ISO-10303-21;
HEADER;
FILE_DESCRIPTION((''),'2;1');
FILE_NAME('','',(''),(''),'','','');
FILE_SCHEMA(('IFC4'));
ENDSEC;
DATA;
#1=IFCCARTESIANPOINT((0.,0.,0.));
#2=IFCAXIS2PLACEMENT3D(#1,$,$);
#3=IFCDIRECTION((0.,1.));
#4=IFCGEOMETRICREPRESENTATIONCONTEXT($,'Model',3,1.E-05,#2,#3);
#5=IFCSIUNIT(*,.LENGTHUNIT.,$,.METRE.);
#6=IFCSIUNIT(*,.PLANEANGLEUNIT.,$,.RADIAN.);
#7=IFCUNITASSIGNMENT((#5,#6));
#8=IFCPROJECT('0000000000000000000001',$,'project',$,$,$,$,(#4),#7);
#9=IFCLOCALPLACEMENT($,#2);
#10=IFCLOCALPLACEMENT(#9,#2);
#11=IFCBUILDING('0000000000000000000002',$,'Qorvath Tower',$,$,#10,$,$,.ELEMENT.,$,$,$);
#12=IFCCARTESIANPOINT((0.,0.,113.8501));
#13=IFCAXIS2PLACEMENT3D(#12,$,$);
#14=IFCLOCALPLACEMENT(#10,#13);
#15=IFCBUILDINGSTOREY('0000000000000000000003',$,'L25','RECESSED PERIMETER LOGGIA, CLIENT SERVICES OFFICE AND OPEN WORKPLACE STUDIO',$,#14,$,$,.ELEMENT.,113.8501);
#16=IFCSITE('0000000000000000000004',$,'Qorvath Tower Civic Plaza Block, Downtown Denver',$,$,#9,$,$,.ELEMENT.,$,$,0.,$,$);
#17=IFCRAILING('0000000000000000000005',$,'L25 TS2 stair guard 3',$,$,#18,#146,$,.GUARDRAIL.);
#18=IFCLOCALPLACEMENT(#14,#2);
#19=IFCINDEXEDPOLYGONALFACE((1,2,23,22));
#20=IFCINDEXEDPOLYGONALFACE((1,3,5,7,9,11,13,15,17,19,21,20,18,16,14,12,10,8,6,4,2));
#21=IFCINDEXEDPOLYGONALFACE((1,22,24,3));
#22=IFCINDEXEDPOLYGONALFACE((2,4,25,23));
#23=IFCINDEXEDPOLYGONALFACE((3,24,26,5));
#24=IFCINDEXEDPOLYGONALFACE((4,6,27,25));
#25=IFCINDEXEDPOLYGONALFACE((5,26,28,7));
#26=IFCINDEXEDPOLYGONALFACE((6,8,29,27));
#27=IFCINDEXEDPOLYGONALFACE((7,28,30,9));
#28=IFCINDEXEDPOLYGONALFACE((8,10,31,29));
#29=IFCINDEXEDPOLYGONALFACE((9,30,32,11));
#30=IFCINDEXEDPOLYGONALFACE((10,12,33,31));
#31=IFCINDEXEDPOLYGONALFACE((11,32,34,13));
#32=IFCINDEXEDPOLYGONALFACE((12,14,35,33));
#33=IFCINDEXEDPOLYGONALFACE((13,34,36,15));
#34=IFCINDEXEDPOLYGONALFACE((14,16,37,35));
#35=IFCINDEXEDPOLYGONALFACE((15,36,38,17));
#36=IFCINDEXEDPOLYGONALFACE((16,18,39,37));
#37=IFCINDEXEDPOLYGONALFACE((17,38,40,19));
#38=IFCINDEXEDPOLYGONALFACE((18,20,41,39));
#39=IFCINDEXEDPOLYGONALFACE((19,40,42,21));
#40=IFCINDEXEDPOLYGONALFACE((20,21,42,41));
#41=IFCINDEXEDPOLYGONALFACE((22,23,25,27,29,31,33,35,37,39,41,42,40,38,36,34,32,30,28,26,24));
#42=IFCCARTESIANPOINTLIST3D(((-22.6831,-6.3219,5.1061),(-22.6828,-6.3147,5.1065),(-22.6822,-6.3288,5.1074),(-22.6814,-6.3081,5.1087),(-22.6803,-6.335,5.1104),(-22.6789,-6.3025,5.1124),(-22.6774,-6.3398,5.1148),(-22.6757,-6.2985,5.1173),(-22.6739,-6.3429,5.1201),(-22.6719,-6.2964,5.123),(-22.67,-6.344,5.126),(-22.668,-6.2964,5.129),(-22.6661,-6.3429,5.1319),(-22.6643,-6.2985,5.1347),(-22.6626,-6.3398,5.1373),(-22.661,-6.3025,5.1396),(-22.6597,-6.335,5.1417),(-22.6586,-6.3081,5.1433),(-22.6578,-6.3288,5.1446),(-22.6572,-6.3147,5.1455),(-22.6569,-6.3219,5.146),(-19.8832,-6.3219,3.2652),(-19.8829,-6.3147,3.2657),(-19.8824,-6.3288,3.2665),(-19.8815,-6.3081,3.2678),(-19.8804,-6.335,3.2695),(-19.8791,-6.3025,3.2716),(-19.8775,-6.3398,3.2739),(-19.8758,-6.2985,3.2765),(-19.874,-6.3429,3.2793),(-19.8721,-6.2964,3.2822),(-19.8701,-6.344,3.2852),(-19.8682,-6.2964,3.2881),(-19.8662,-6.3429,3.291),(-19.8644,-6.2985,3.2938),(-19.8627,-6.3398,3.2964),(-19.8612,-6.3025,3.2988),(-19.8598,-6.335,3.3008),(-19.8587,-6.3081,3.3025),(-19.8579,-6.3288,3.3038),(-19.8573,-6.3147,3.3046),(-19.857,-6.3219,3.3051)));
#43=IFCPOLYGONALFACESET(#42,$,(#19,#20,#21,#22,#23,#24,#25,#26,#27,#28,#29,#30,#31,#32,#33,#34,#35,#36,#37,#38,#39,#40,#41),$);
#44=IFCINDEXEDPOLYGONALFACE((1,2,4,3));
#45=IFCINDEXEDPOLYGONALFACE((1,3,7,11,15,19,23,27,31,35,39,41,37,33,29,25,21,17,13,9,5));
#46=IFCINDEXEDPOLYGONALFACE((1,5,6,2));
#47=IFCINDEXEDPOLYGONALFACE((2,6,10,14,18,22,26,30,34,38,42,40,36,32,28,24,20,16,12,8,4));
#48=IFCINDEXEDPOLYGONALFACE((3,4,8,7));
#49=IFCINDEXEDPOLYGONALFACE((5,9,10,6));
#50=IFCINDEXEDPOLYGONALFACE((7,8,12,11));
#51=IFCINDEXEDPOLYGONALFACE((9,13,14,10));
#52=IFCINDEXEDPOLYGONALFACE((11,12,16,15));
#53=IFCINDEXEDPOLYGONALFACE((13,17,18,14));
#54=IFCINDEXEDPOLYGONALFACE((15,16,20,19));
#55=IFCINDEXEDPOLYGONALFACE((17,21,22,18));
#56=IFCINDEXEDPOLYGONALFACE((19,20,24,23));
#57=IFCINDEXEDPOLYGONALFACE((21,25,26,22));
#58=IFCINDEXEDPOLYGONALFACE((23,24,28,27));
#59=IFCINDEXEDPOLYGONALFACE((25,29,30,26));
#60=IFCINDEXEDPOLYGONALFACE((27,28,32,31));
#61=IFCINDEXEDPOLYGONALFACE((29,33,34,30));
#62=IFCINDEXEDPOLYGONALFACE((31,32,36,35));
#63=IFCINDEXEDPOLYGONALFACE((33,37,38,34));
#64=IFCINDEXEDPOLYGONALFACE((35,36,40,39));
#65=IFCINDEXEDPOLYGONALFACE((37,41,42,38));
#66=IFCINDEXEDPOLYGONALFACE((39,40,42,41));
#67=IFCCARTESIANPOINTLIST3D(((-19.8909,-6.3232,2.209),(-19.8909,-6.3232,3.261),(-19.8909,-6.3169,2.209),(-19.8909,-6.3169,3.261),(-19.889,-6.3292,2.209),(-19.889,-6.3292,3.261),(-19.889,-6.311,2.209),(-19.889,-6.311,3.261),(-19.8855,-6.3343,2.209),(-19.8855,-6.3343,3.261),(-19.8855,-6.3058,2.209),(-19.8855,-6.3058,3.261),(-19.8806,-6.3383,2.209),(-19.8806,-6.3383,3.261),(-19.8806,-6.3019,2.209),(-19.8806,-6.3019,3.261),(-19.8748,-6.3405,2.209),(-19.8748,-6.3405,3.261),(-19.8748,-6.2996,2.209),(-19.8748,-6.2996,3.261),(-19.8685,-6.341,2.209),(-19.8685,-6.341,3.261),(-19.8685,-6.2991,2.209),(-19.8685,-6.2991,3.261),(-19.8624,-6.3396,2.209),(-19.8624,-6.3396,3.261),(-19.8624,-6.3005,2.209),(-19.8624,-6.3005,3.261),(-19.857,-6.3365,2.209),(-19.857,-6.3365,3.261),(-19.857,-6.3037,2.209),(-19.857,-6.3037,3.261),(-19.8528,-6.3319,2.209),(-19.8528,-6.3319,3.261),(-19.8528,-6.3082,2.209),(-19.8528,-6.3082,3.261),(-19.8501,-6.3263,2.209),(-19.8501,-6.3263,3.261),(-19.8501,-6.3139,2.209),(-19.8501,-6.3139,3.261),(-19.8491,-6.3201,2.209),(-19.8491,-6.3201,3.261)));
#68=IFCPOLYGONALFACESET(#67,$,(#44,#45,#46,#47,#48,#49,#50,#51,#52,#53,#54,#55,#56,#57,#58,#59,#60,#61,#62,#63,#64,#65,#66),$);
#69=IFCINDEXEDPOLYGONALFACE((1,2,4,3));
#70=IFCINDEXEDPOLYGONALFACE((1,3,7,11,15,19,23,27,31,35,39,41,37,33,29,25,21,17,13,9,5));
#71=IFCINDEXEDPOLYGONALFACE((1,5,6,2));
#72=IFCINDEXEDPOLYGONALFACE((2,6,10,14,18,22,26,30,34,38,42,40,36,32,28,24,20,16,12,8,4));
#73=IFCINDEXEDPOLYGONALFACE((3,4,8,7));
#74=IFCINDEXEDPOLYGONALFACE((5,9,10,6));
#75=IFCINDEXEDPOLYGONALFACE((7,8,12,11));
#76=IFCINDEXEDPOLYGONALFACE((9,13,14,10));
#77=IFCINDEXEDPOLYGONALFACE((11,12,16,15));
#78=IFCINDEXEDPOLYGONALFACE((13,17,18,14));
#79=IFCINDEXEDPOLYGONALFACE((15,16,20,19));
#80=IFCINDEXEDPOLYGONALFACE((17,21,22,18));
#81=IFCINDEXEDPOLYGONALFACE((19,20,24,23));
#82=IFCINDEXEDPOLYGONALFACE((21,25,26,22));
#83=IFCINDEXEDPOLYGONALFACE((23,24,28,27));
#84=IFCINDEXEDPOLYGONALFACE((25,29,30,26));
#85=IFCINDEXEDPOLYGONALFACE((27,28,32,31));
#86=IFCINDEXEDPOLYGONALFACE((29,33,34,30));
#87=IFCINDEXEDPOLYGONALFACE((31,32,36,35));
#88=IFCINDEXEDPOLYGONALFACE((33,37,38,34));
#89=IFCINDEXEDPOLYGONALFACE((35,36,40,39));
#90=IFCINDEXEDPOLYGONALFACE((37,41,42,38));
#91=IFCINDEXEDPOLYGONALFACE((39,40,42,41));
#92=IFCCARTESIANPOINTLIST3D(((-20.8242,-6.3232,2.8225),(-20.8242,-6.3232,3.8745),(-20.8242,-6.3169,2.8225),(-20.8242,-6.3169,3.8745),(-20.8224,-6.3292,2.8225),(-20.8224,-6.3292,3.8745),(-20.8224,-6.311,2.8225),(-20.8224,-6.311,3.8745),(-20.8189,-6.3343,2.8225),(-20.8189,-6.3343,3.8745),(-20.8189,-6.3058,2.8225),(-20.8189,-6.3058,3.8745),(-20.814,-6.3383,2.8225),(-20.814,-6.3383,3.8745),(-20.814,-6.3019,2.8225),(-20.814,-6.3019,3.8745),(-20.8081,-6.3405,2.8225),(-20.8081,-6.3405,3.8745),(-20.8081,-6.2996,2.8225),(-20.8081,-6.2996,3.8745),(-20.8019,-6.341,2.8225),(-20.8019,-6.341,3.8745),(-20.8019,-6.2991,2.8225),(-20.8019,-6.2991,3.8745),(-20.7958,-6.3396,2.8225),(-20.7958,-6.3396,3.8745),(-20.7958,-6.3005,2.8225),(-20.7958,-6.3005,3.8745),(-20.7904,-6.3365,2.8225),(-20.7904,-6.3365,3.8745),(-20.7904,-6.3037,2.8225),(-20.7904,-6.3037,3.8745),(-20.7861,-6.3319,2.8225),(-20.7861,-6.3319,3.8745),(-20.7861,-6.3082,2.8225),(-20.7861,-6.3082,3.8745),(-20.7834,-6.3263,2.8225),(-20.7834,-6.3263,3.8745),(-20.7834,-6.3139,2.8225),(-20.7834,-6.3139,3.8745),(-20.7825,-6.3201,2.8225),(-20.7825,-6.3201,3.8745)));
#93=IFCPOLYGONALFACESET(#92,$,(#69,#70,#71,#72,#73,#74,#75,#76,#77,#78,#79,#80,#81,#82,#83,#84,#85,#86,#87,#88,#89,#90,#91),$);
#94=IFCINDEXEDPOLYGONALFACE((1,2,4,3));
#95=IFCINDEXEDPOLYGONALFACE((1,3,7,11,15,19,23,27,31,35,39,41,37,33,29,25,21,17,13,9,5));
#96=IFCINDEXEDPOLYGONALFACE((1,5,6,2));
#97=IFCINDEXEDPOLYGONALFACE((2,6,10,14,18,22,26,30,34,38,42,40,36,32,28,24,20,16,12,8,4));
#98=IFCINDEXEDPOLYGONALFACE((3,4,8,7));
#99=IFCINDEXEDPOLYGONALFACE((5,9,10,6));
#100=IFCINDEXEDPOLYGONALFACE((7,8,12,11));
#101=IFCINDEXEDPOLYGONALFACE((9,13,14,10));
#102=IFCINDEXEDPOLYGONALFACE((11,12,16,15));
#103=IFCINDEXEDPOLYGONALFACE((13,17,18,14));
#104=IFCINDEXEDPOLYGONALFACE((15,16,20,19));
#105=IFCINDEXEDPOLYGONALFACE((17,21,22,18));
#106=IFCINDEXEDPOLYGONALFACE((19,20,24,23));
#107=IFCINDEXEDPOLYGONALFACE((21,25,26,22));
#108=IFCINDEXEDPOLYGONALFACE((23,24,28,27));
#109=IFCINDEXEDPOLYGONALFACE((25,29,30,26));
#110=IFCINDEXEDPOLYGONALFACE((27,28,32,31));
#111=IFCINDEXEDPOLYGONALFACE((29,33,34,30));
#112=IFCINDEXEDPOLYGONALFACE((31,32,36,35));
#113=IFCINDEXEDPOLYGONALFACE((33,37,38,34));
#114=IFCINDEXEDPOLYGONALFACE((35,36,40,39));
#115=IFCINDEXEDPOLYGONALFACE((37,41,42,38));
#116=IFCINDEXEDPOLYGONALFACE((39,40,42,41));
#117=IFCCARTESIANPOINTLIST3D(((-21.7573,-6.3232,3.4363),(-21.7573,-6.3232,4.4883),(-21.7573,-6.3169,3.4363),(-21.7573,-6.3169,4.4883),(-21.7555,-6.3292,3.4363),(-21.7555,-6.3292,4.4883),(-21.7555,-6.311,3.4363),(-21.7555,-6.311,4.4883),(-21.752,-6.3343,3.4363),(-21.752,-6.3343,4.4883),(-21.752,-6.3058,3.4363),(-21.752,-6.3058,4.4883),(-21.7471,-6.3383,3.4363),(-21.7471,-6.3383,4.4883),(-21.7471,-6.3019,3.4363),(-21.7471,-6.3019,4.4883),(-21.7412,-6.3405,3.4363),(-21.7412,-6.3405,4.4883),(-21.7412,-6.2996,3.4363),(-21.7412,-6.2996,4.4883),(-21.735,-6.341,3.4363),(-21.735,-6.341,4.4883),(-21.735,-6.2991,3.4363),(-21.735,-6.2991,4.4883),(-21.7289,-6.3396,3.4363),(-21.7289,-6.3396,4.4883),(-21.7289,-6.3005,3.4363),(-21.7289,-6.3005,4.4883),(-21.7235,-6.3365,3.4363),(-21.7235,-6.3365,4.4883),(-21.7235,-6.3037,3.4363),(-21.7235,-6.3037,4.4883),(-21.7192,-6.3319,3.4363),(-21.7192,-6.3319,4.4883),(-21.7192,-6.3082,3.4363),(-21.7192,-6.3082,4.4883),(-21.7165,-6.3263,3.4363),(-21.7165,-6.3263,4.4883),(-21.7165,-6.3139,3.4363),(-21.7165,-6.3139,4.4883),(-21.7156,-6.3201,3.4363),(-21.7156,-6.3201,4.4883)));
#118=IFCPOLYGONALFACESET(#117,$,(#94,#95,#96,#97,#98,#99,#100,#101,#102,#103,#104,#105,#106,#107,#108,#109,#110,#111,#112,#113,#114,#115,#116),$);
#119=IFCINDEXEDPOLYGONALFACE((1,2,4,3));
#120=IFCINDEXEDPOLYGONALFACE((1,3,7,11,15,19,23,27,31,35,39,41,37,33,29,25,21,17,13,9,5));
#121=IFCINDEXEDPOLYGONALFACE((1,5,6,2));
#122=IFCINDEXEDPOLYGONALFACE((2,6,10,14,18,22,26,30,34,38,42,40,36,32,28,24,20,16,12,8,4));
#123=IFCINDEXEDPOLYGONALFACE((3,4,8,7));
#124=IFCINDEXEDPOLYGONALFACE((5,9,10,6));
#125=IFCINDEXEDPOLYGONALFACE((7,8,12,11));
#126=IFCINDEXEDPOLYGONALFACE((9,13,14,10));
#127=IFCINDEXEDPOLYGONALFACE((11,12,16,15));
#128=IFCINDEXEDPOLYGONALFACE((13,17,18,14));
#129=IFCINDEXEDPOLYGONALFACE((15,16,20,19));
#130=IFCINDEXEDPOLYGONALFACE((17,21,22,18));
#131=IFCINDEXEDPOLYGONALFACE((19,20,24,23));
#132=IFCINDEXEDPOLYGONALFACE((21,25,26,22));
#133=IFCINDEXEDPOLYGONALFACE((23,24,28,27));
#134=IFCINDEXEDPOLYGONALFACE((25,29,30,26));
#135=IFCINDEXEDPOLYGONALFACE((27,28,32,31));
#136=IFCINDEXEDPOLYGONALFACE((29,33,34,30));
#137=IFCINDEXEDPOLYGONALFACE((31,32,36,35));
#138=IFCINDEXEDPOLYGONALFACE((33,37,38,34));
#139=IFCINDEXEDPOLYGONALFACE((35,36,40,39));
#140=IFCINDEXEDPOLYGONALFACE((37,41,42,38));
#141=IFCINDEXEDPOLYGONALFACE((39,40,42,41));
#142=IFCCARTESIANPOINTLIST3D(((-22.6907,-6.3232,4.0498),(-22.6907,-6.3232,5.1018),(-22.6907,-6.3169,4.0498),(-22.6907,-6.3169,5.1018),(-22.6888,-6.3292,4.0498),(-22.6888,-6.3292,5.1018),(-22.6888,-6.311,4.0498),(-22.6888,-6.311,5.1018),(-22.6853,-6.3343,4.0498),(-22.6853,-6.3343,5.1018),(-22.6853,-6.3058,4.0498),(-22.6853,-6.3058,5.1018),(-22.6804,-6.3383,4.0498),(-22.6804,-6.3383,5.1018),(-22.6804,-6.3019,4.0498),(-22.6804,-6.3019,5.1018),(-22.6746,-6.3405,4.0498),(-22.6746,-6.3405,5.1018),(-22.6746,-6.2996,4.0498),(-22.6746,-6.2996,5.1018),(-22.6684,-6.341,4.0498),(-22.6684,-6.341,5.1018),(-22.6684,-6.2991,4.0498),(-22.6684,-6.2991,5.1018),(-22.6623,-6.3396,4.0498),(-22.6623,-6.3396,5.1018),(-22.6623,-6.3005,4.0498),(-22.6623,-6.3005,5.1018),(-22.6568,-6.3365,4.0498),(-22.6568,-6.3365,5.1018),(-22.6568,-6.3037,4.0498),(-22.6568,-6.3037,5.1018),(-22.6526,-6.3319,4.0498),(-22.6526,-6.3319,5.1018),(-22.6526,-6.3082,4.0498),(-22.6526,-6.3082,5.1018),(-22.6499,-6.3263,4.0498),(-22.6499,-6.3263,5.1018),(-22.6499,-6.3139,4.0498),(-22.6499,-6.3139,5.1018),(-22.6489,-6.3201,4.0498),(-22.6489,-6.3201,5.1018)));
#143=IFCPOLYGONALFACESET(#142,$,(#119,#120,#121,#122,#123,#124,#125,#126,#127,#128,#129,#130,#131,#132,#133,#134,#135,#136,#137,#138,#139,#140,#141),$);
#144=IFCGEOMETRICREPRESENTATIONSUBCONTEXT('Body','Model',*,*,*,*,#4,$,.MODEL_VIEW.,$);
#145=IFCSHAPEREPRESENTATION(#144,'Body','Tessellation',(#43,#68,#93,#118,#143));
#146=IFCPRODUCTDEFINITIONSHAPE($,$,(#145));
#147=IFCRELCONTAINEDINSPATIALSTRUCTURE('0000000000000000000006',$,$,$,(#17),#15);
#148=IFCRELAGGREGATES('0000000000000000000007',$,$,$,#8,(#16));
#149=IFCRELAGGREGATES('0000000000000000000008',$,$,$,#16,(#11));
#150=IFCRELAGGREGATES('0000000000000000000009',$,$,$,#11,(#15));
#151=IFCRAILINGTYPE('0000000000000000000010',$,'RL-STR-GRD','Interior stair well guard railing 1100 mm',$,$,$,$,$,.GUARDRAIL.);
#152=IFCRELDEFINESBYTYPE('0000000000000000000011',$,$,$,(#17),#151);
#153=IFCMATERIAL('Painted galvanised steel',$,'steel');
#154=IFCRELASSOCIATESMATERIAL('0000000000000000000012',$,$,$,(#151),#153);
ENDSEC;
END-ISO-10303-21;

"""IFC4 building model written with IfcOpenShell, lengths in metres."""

from ifc_helpers import new_model, si_unit, direction, frame, origin, origin_2d, place, context, subcontext, project, spatial, circle, extrude, material, type_object, element, save


model = new_model("IFC4")

# Units and contexts
model_context = context("Model", 3, precision=1e-05, world=origin(), true_north=direction((0.0, 1.0)))
body_context = subcontext(model_context, "Body", "Model", "MODEL_VIEW")
ifc_project = project(units=[si_unit("LENGTHUNIT", "METRE"), si_unit("PLANEANGLEUNIT", "RADIAN")], contexts=[model_context])

# Site, building, storey
site_placement = place(None, origin())
site = spatial("IfcSite", under=ifc_project, at=site_placement, Name="Qorvath Tower Civic Plaza Block, Downtown Denver", CompositionType="ELEMENT", RefElevation=0.0)
building_placement = place(site_placement, origin())
building = spatial("IfcBuilding", under=site, at=building_placement, Name="Qorvath Tower", CompositionType="ELEMENT")
storey_placement = place(building_placement, frame((0.0, 0.0, 113.8501)))
storey = spatial("IfcBuildingStorey", under=building, at=storey_placement, Name="L25", Description="RECESSED PERIMETER LOGGIA, CLIENT SERVICES OFFICE AND OPEN WORKPLACE STUDIO", CompositionType="ELEMENT", Elevation=113.8501)

# Railing
ifc_material_1 = material(Name="Painted galvanised steel", Category="steel")
railing_type_1 = type_object("IfcRailingType", Name="RL-STR-GRD", Description="Interior stair well guard railing 1100 mm", PredefinedType="GUARDRAIL", material=ifc_material_1)
railing_1_placement = place(storey_placement, frame((-19.8701, -6.3201, 2.209)))
element("IfcRailing", 1, at=railing_1_placement, inside=storey, type_object=railing_type_1, Name="L25 TS2 stair guard 3", PredefinedType="GUARDRAIL", context=body_context, shape_type="SweptSolid", body=[
    extrude(circle(Radius=0.0239, at=origin_2d()), frame((0.0, 0.0, 1.0762), z_axis=(-0.835576, 0.0, 0.549376), x_axis=(0.0, -1.0, 0.0)), (0.0, 0.0, 1.0), 3.3508),
    extrude(circle(Radius=0.021, at=origin_2d()), origin(), (0.0, 0.0, 1.0), 1.052),
    extrude(circle(Radius=0.021, at=origin_2d()), frame((-0.9333, 0.0, 0.6135)), (0.0, 0.0, 1.0), 1.052),
    extrude(circle(Radius=0.021, at=origin_2d()), frame((-1.8665, 0.0, 1.2273)), (0.0, 0.0, 1.0), 1.052),
    extrude(circle(Radius=0.021, at=origin_2d()), frame((-2.7998, 0.0, 1.8408)), (0.0, 0.0, 1.0), 1.052),
])

save(model, "model.ifc")
